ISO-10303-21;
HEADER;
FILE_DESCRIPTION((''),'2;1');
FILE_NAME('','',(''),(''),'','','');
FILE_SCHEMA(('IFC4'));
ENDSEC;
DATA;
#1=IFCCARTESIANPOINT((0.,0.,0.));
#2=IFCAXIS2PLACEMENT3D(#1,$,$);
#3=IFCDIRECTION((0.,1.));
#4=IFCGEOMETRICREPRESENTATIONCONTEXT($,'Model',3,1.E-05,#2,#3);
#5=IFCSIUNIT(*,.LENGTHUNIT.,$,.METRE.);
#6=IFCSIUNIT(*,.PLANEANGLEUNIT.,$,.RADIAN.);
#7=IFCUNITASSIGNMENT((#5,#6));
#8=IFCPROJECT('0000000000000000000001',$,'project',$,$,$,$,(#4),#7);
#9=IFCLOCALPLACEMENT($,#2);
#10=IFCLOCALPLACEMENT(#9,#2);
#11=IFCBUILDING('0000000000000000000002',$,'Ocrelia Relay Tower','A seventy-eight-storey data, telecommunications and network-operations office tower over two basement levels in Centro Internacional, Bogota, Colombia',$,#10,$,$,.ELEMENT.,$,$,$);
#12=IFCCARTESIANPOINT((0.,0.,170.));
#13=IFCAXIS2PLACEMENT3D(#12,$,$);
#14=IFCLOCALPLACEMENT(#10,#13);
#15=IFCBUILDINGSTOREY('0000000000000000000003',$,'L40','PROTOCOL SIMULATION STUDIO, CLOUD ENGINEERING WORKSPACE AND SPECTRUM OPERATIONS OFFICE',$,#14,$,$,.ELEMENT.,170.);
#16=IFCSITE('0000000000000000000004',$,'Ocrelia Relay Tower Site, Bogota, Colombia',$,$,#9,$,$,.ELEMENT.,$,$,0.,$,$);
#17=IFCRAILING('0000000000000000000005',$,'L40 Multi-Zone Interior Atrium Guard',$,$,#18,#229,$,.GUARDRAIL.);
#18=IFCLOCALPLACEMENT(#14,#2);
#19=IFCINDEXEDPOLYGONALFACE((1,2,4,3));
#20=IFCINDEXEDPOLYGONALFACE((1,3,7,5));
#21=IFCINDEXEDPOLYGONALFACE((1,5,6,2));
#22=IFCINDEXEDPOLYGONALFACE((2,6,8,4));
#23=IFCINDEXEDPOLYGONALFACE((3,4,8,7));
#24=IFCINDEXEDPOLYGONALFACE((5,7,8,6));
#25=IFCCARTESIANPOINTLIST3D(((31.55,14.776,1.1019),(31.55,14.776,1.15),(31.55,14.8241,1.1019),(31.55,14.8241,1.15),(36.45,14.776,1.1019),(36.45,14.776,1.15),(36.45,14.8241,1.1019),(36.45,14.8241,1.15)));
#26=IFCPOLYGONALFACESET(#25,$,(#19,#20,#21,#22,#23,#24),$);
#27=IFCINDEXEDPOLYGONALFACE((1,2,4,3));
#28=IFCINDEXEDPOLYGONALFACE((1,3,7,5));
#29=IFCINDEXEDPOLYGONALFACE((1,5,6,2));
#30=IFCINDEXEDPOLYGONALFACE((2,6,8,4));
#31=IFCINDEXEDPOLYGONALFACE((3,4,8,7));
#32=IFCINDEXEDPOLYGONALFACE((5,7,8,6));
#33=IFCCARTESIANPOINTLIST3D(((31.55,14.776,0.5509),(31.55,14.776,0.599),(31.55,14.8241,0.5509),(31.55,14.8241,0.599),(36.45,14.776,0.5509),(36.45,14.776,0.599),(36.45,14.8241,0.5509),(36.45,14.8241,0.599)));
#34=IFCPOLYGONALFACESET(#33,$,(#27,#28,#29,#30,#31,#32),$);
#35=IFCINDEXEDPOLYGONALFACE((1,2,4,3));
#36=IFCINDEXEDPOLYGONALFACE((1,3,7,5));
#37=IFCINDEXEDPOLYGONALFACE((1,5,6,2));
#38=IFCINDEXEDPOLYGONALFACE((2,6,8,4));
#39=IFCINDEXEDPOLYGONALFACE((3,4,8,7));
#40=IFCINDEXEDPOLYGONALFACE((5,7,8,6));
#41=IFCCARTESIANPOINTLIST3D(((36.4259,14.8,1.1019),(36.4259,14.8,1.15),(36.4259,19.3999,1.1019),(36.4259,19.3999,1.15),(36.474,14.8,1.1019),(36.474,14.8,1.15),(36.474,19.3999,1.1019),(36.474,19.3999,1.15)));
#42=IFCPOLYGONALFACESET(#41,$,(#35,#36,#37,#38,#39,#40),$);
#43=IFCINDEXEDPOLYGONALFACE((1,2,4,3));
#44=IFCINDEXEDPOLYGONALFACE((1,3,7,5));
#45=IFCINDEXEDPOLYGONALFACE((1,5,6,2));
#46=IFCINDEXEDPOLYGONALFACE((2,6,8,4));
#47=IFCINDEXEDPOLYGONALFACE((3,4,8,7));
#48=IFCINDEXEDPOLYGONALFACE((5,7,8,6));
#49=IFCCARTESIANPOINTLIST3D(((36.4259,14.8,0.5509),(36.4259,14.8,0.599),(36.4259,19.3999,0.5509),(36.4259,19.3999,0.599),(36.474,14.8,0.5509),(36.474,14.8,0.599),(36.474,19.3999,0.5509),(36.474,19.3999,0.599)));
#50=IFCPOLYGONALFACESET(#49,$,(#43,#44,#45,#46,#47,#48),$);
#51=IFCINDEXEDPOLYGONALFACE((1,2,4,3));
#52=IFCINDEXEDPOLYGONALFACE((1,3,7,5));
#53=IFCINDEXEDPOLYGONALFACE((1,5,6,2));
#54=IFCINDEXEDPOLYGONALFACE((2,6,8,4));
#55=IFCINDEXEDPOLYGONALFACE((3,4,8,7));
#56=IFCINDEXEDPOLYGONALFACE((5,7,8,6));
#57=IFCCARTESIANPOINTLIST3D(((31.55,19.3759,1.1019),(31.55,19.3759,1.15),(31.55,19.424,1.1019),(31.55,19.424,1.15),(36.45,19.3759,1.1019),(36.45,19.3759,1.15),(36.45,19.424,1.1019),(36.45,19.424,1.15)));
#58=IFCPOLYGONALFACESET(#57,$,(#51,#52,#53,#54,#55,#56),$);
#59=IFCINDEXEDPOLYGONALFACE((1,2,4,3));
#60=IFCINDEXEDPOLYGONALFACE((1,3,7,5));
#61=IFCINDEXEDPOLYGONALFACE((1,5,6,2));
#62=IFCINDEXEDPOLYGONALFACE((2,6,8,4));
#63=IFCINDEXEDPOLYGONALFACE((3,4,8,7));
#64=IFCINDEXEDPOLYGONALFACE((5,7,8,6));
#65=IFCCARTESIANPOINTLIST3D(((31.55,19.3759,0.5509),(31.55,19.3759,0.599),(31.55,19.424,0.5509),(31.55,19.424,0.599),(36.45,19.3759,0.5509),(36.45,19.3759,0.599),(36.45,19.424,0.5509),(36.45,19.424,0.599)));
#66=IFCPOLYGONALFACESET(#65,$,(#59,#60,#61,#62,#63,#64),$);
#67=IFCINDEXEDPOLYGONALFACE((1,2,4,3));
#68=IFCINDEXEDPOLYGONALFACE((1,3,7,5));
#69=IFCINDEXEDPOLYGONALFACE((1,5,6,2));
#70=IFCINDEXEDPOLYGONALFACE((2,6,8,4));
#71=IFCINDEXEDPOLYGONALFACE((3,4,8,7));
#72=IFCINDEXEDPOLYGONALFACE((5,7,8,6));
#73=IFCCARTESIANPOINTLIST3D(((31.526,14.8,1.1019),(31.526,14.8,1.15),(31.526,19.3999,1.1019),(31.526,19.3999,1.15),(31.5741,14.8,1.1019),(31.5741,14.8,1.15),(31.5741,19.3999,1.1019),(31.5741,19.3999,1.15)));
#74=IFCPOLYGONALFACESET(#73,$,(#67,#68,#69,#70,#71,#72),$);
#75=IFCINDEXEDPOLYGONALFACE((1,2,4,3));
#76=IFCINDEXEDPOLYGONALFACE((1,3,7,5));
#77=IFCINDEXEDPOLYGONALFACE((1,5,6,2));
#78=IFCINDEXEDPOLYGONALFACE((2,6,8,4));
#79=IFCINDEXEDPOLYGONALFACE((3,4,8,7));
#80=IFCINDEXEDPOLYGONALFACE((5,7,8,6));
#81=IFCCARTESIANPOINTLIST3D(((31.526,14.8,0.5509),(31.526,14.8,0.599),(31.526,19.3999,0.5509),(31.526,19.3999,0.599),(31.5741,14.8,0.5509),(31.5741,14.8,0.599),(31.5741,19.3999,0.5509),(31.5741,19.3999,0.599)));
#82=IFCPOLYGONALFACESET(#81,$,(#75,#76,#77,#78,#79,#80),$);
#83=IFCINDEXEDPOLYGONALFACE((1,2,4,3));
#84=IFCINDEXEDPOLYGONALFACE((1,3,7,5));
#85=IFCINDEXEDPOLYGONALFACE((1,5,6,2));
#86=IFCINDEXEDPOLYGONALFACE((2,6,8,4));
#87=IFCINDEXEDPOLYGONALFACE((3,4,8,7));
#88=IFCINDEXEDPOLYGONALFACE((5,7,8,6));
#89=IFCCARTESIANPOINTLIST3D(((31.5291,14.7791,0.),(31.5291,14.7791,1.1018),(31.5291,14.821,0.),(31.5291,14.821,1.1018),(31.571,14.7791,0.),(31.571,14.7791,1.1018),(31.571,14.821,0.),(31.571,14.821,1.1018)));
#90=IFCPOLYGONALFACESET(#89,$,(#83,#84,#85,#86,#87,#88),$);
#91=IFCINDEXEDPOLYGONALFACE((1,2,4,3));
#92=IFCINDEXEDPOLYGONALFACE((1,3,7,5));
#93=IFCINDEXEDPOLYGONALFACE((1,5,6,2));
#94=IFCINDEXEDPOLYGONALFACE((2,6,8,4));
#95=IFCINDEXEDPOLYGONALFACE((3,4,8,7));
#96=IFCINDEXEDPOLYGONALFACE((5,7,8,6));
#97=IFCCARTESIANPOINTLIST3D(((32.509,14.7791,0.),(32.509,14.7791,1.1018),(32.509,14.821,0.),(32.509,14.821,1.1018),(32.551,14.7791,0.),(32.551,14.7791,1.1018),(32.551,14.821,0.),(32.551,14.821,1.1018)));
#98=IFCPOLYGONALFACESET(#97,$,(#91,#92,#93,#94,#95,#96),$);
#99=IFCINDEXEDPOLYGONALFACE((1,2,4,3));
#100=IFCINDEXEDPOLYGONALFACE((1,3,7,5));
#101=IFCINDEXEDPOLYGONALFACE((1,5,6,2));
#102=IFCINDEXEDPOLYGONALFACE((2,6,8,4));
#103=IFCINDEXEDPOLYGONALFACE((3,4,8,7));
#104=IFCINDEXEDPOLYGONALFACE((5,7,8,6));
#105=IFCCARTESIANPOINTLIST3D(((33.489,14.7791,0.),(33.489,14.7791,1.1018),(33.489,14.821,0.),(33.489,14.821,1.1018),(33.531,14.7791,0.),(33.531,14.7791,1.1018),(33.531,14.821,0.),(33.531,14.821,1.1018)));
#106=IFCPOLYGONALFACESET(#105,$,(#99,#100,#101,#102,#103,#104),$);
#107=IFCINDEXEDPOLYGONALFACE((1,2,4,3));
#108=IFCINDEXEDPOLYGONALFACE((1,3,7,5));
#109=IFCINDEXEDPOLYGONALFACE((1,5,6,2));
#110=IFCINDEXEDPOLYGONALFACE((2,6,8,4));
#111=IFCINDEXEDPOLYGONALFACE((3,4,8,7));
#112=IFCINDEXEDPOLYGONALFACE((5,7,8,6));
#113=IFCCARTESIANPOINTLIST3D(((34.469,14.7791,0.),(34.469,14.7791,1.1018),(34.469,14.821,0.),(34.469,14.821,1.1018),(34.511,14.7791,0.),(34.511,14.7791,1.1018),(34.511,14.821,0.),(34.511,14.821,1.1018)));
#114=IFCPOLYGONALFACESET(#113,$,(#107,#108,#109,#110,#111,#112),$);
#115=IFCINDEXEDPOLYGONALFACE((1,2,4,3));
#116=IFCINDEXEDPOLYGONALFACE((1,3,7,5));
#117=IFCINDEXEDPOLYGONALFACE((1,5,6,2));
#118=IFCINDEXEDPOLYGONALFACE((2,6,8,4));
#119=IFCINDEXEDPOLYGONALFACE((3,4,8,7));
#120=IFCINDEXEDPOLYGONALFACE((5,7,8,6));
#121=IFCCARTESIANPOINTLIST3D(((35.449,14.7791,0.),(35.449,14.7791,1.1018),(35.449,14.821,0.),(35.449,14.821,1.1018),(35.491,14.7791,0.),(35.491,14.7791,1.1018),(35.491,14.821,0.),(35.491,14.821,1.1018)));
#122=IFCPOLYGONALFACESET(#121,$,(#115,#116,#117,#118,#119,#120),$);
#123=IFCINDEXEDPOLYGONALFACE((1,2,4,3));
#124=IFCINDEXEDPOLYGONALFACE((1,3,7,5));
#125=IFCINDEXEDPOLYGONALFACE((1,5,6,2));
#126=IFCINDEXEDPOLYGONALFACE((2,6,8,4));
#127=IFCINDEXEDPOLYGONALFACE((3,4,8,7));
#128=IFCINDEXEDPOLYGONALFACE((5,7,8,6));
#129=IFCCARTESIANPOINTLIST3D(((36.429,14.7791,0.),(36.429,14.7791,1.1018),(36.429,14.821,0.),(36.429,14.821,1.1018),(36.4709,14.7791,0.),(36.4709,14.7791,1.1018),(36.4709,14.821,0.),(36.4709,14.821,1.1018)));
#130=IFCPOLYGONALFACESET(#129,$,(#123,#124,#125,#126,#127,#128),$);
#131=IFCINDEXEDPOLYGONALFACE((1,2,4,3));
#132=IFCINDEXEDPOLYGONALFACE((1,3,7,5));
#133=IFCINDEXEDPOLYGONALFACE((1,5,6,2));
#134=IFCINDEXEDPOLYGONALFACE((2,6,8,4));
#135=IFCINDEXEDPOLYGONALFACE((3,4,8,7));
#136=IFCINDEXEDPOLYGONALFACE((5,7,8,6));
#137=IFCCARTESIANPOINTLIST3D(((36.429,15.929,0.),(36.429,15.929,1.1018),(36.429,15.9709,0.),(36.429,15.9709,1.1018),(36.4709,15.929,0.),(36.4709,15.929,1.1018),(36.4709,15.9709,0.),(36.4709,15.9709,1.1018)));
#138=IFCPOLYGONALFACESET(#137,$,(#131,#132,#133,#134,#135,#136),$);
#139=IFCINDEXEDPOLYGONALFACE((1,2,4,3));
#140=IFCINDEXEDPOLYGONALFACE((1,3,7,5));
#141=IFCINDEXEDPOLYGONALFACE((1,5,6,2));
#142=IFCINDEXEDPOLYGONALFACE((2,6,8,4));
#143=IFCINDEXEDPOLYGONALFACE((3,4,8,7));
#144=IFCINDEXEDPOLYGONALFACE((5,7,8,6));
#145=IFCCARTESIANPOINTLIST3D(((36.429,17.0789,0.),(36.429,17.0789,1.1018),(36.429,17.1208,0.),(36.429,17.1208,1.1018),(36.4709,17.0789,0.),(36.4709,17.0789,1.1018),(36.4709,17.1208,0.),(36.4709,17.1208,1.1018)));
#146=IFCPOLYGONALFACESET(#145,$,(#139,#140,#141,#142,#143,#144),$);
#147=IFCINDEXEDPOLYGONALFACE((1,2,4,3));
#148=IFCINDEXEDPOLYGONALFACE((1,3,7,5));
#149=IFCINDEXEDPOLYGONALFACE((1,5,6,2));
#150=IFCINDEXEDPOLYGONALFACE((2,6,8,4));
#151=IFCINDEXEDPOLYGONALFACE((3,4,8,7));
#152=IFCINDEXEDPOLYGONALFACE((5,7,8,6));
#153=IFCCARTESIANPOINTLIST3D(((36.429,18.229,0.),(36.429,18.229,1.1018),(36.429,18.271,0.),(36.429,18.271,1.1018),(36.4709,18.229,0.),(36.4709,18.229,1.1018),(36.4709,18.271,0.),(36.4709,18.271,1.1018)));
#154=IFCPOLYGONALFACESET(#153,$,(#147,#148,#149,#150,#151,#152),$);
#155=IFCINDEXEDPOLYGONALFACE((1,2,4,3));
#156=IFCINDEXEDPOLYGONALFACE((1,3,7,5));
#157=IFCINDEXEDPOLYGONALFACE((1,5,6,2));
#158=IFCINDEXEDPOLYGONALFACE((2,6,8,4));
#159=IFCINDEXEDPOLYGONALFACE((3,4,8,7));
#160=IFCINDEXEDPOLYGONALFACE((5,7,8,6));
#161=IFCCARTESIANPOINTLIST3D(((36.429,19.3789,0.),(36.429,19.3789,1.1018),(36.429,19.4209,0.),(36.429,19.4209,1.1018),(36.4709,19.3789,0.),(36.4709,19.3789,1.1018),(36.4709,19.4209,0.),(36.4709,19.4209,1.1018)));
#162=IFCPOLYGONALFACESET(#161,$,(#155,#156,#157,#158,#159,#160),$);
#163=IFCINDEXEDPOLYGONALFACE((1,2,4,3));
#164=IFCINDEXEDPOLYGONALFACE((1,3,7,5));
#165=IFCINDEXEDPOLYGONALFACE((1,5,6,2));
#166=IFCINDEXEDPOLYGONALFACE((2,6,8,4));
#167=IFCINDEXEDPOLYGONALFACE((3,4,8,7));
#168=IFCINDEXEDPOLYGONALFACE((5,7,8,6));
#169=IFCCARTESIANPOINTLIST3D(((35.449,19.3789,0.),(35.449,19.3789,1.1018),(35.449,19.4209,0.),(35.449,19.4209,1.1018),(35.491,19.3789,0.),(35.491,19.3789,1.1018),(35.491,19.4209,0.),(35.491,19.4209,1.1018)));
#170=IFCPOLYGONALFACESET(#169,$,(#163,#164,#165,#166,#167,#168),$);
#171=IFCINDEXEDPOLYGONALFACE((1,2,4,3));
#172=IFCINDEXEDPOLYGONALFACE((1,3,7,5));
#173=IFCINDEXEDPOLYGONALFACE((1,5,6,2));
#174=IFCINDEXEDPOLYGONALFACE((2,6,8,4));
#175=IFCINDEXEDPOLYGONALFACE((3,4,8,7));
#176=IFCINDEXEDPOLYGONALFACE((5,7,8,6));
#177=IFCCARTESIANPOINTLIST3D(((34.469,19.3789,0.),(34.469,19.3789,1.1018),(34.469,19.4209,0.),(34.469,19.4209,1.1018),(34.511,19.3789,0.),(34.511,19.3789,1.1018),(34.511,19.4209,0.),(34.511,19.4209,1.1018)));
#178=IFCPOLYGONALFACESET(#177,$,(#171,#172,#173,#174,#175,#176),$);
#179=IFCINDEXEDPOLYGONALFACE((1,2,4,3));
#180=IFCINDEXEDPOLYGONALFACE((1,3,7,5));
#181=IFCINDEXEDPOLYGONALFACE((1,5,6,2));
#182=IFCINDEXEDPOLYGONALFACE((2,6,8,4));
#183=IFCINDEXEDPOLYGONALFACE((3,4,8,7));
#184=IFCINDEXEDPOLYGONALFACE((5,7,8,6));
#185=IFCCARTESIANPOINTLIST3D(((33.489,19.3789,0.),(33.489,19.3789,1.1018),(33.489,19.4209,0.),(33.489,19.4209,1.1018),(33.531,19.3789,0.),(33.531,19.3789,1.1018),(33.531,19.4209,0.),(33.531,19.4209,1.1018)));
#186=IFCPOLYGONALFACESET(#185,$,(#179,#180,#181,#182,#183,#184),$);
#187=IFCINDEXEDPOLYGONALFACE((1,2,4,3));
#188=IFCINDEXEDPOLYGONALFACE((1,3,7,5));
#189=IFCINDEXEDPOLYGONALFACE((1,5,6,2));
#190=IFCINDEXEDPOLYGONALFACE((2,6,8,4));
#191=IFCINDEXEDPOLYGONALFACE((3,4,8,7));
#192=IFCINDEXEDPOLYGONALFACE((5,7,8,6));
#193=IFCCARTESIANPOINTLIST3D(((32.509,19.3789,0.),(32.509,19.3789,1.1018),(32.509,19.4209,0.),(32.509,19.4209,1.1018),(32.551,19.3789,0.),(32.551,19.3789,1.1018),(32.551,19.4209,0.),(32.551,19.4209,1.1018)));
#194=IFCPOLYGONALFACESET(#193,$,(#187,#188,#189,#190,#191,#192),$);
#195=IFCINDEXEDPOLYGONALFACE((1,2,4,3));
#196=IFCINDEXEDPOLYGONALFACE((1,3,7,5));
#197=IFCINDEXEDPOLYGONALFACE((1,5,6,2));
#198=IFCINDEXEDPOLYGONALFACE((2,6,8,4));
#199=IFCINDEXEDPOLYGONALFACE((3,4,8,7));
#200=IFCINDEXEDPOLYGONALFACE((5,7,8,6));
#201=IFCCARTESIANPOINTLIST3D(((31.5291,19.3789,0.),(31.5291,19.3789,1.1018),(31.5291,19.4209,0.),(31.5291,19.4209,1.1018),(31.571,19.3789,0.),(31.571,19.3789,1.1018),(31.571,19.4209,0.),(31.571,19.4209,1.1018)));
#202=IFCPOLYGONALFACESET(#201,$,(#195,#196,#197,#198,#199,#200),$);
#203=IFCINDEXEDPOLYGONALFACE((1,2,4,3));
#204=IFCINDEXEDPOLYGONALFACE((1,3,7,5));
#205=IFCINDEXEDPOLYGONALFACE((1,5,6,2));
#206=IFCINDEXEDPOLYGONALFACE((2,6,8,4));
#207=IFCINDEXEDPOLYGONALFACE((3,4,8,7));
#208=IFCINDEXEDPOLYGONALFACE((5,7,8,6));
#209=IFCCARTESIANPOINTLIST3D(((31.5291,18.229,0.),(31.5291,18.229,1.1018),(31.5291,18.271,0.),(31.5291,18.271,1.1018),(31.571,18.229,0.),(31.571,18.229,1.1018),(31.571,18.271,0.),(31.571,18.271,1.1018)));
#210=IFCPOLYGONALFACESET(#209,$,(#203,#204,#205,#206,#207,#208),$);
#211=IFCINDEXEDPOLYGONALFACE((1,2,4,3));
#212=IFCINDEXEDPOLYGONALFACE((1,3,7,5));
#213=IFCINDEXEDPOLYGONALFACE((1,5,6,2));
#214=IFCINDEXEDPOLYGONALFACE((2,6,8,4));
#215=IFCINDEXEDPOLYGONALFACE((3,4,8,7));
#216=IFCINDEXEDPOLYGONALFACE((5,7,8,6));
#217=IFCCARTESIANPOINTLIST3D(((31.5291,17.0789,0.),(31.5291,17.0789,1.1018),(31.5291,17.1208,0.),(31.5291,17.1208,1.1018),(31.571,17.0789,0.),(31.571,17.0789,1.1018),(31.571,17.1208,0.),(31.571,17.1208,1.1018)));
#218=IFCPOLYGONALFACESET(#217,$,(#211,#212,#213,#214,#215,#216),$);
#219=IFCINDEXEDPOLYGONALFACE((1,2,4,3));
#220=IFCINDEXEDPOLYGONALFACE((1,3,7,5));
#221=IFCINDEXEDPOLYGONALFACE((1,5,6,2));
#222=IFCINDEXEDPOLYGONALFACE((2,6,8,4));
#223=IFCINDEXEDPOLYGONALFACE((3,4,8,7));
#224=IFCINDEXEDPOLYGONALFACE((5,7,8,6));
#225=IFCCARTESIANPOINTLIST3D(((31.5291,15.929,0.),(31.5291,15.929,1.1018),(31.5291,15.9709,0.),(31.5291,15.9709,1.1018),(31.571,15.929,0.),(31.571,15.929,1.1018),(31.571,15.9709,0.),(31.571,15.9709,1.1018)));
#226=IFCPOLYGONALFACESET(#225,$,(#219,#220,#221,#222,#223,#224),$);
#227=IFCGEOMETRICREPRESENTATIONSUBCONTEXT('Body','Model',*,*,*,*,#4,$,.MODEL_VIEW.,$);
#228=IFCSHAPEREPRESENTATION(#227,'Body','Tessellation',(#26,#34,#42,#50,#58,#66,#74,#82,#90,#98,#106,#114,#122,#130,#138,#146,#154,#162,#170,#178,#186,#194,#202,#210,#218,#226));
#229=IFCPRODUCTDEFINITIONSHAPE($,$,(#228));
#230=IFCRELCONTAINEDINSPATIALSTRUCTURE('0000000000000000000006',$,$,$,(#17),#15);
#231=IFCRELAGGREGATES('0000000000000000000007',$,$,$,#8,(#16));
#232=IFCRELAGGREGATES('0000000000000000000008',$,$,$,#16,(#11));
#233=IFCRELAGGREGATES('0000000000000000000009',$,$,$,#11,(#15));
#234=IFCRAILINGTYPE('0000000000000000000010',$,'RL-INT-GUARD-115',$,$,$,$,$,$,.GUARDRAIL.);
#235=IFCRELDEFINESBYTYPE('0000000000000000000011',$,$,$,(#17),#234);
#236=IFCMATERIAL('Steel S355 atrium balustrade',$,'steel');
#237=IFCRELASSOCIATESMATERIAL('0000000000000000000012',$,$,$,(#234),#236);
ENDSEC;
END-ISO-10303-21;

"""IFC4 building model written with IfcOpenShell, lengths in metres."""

from ifc_helpers import new_model, si_unit, direction, frame, origin, origin_2d, place, context, subcontext, project, spatial, rectangle, extrude, material, type_object, element, save


model = new_model("IFC4")

# Units and contexts
model_context = context("Model", 3, precision=1e-05, world=origin(), true_north=direction((0.0, 1.0)))
body_context = subcontext(model_context, "Body", "Model", "MODEL_VIEW")
ifc_project = project(units=[si_unit("LENGTHUNIT", "METRE"), si_unit("PLANEANGLEUNIT", "RADIAN")], contexts=[model_context])

# Site, building, storey
site_placement = place(None, origin())
site = spatial("IfcSite", under=ifc_project, at=site_placement, Name="Ocrelia Relay Tower Site, Bogota, Colombia", CompositionType="ELEMENT", RefElevation=0.0)
building_placement = place(site_placement, origin())
building = spatial("IfcBuilding", under=site, at=building_placement, Name="Ocrelia Relay Tower", Description="A seventy-eight-storey data, telecommunications and network-operations office tower over two basement levels in Centro Internacional, Bogota, Colombia", CompositionType="ELEMENT")
storey_placement = place(building_placement, frame((0.0, 0.0, 170.0)))
storey = spatial("IfcBuildingStorey", under=building, at=storey_placement, Name="L40", Description="PROTOCOL SIMULATION STUDIO, CLOUD ENGINEERING WORKSPACE AND SPECTRUM OPERATIONS OFFICE", CompositionType="ELEMENT", Elevation=170.0)

# Railing
ifc_material_1 = material(Name="Steel S355 atrium balustrade", Category="steel")
railing_type_1 = type_object("IfcRailingType", Name="RL-INT-GUARD-115", PredefinedType="GUARDRAIL", material=ifc_material_1)
railing_1_placement = place(storey_placement, frame((31.55, 14.8, 0.0)))
element("IfcRailing", 1, at=railing_1_placement, inside=storey, type_object=railing_type_1, Name="L40 Multi-Zone Interior Atrium Guard", PredefinedType="GUARDRAIL", context=body_context, shape_type="SweptSolid", body=[
    extrude(rectangle(XDim=0.0481, YDim=0.0481, at=origin_2d()), frame((0.0, 0.0, 1.126), z_axis=(1.0, 0.0, 0.0), x_axis=(0.0, 1.0, 0.0)), (0.0, 0.0, 1.0), 4.8999),
    extrude(rectangle(XDim=0.0481, YDim=0.0481, at=origin_2d()), frame((0.0, 0.0, 0.575), z_axis=(1.0, 0.0, 0.0), x_axis=(0.0, 1.0, 0.0)), (0.0, 0.0, 1.0), 4.8999),
    extrude(rectangle(XDim=0.0481, YDim=0.0481, at=origin_2d()), frame((4.8999, 0.0, 1.126), z_axis=(0.0, 1.0, 0.0), x_axis=(-1.0, 0.0, 0.0)), (0.0, 0.0, 1.0), 4.5999),
    extrude(rectangle(XDim=0.0481, YDim=0.0481, at=origin_2d()), frame((4.8999, 0.0, 0.575), z_axis=(0.0, 1.0, 0.0), x_axis=(-1.0, 0.0, 0.0)), (0.0, 0.0, 1.0), 4.5999),
    extrude(rectangle(XDim=0.0481, YDim=0.0481, at=origin_2d()), frame((4.8999, 4.5999, 1.126), z_axis=(-1.0, 0.0, 0.0), x_axis=(0.0, -1.0, 0.0)), (0.0, 0.0, 1.0), 4.8999),
    extrude(rectangle(XDim=0.0481, YDim=0.0481, at=origin_2d()), frame((4.8999, 4.5999, 0.575), z_axis=(-1.0, 0.0, 0.0), x_axis=(0.0, -1.0, 0.0)), (0.0, 0.0, 1.0), 4.8999),
    extrude(rectangle(XDim=0.0481, YDim=0.0481, at=origin_2d()), frame((0.0, 4.5999, 1.126), z_axis=(0.0, -1.0, 0.0), x_axis=(1.0, 0.0, 0.0)), (0.0, 0.0, 1.0), 4.5999),
    extrude(rectangle(XDim=0.0481, YDim=0.0481, at=origin_2d()), frame((0.0, 4.5999, 0.575), z_axis=(0.0, -1.0, 0.0), x_axis=(1.0, 0.0, 0.0)), (0.0, 0.0, 1.0), 4.5999),
    extrude(rectangle(XDim=0.042, YDim=0.042, at=origin_2d()), origin(), (0.0, 0.0, 1.0), 1.1018),
    extrude(rectangle(XDim=0.042, YDim=0.042, at=origin_2d()), frame((0.98, 0.0, 0.0)), (0.0, 0.0, 1.0), 1.1018),
    extrude(rectangle(XDim=0.042, YDim=0.042, at=origin_2d()), frame((1.96, 0.0, 0.0)), (0.0, 0.0, 1.0), 1.1018),
    extrude(rectangle(XDim=0.042, YDim=0.042, at=origin_2d()), frame((2.9399, 0.0, 0.0)), (0.0, 0.0, 1.0), 1.1018),
    extrude(rectangle(XDim=0.042, YDim=0.042, at=origin_2d()), frame((3.9199, 0.0, 0.0)), (0.0, 0.0, 1.0), 1.1018),
    extrude(rectangle(XDim=0.042, YDim=0.042, at=origin_2d()), frame((4.8999, 0.0, 0.0)), (0.0, 0.0, 1.0), 1.1018),
    extrude(rectangle(XDim=0.042, YDim=0.042, at=origin_2d()), frame((4.8999, 1.1499, 0.0)), (0.0, 0.0, 1.0), 1.1018),
    extrude(rectangle(XDim=0.042, YDim=0.042, at=origin_2d()), frame((4.8999, 2.2998, 0.0)), (0.0, 0.0, 1.0), 1.1018),
    extrude(rectangle(XDim=0.042, YDim=0.042, at=origin_2d()), frame((4.8999, 3.45, 0.0)), (0.0, 0.0, 1.0), 1.1018),
    extrude(rectangle(XDim=0.042, YDim=0.042, at=origin_2d()), frame((4.8999, 4.5999, 0.0)), (0.0, 0.0, 1.0), 1.1018),
    extrude(rectangle(XDim=0.042, YDim=0.042, at=origin_2d()), frame((3.9199, 4.5999, 0.0)), (0.0, 0.0, 1.0), 1.1018),
    extrude(rectangle(XDim=0.042, YDim=0.042, at=origin_2d()), frame((2.9399, 4.5999, 0.0)), (0.0, 0.0, 1.0), 1.1018),
    extrude(rectangle(XDim=0.042, YDim=0.042, at=origin_2d()), frame((1.96, 4.5999, 0.0)), (0.0, 0.0, 1.0), 1.1018),
    extrude(rectangle(XDim=0.042, YDim=0.042, at=origin_2d()), frame((0.98, 4.5999, 0.0)), (0.0, 0.0, 1.0), 1.1018),
    extrude(rectangle(XDim=0.042, YDim=0.042, at=origin_2d()), frame((0.0, 4.5999, 0.0)), (0.0, 0.0, 1.0), 1.1018),
    extrude(rectangle(XDim=0.042, YDim=0.042, at=origin_2d()), frame((0.0, 3.45, 0.0)), (0.0, 0.0, 1.0), 1.1018),
    extrude(rectangle(XDim=0.042, YDim=0.042, at=origin_2d()), frame((0.0, 2.2998, 0.0)), (0.0, 0.0, 1.0), 1.1018),
    extrude(rectangle(XDim=0.042, YDim=0.042, at=origin_2d()), frame((0.0, 1.1499, 0.0)), (0.0, 0.0, 1.0), 1.1018),
])

save(model, "model.ifc")
